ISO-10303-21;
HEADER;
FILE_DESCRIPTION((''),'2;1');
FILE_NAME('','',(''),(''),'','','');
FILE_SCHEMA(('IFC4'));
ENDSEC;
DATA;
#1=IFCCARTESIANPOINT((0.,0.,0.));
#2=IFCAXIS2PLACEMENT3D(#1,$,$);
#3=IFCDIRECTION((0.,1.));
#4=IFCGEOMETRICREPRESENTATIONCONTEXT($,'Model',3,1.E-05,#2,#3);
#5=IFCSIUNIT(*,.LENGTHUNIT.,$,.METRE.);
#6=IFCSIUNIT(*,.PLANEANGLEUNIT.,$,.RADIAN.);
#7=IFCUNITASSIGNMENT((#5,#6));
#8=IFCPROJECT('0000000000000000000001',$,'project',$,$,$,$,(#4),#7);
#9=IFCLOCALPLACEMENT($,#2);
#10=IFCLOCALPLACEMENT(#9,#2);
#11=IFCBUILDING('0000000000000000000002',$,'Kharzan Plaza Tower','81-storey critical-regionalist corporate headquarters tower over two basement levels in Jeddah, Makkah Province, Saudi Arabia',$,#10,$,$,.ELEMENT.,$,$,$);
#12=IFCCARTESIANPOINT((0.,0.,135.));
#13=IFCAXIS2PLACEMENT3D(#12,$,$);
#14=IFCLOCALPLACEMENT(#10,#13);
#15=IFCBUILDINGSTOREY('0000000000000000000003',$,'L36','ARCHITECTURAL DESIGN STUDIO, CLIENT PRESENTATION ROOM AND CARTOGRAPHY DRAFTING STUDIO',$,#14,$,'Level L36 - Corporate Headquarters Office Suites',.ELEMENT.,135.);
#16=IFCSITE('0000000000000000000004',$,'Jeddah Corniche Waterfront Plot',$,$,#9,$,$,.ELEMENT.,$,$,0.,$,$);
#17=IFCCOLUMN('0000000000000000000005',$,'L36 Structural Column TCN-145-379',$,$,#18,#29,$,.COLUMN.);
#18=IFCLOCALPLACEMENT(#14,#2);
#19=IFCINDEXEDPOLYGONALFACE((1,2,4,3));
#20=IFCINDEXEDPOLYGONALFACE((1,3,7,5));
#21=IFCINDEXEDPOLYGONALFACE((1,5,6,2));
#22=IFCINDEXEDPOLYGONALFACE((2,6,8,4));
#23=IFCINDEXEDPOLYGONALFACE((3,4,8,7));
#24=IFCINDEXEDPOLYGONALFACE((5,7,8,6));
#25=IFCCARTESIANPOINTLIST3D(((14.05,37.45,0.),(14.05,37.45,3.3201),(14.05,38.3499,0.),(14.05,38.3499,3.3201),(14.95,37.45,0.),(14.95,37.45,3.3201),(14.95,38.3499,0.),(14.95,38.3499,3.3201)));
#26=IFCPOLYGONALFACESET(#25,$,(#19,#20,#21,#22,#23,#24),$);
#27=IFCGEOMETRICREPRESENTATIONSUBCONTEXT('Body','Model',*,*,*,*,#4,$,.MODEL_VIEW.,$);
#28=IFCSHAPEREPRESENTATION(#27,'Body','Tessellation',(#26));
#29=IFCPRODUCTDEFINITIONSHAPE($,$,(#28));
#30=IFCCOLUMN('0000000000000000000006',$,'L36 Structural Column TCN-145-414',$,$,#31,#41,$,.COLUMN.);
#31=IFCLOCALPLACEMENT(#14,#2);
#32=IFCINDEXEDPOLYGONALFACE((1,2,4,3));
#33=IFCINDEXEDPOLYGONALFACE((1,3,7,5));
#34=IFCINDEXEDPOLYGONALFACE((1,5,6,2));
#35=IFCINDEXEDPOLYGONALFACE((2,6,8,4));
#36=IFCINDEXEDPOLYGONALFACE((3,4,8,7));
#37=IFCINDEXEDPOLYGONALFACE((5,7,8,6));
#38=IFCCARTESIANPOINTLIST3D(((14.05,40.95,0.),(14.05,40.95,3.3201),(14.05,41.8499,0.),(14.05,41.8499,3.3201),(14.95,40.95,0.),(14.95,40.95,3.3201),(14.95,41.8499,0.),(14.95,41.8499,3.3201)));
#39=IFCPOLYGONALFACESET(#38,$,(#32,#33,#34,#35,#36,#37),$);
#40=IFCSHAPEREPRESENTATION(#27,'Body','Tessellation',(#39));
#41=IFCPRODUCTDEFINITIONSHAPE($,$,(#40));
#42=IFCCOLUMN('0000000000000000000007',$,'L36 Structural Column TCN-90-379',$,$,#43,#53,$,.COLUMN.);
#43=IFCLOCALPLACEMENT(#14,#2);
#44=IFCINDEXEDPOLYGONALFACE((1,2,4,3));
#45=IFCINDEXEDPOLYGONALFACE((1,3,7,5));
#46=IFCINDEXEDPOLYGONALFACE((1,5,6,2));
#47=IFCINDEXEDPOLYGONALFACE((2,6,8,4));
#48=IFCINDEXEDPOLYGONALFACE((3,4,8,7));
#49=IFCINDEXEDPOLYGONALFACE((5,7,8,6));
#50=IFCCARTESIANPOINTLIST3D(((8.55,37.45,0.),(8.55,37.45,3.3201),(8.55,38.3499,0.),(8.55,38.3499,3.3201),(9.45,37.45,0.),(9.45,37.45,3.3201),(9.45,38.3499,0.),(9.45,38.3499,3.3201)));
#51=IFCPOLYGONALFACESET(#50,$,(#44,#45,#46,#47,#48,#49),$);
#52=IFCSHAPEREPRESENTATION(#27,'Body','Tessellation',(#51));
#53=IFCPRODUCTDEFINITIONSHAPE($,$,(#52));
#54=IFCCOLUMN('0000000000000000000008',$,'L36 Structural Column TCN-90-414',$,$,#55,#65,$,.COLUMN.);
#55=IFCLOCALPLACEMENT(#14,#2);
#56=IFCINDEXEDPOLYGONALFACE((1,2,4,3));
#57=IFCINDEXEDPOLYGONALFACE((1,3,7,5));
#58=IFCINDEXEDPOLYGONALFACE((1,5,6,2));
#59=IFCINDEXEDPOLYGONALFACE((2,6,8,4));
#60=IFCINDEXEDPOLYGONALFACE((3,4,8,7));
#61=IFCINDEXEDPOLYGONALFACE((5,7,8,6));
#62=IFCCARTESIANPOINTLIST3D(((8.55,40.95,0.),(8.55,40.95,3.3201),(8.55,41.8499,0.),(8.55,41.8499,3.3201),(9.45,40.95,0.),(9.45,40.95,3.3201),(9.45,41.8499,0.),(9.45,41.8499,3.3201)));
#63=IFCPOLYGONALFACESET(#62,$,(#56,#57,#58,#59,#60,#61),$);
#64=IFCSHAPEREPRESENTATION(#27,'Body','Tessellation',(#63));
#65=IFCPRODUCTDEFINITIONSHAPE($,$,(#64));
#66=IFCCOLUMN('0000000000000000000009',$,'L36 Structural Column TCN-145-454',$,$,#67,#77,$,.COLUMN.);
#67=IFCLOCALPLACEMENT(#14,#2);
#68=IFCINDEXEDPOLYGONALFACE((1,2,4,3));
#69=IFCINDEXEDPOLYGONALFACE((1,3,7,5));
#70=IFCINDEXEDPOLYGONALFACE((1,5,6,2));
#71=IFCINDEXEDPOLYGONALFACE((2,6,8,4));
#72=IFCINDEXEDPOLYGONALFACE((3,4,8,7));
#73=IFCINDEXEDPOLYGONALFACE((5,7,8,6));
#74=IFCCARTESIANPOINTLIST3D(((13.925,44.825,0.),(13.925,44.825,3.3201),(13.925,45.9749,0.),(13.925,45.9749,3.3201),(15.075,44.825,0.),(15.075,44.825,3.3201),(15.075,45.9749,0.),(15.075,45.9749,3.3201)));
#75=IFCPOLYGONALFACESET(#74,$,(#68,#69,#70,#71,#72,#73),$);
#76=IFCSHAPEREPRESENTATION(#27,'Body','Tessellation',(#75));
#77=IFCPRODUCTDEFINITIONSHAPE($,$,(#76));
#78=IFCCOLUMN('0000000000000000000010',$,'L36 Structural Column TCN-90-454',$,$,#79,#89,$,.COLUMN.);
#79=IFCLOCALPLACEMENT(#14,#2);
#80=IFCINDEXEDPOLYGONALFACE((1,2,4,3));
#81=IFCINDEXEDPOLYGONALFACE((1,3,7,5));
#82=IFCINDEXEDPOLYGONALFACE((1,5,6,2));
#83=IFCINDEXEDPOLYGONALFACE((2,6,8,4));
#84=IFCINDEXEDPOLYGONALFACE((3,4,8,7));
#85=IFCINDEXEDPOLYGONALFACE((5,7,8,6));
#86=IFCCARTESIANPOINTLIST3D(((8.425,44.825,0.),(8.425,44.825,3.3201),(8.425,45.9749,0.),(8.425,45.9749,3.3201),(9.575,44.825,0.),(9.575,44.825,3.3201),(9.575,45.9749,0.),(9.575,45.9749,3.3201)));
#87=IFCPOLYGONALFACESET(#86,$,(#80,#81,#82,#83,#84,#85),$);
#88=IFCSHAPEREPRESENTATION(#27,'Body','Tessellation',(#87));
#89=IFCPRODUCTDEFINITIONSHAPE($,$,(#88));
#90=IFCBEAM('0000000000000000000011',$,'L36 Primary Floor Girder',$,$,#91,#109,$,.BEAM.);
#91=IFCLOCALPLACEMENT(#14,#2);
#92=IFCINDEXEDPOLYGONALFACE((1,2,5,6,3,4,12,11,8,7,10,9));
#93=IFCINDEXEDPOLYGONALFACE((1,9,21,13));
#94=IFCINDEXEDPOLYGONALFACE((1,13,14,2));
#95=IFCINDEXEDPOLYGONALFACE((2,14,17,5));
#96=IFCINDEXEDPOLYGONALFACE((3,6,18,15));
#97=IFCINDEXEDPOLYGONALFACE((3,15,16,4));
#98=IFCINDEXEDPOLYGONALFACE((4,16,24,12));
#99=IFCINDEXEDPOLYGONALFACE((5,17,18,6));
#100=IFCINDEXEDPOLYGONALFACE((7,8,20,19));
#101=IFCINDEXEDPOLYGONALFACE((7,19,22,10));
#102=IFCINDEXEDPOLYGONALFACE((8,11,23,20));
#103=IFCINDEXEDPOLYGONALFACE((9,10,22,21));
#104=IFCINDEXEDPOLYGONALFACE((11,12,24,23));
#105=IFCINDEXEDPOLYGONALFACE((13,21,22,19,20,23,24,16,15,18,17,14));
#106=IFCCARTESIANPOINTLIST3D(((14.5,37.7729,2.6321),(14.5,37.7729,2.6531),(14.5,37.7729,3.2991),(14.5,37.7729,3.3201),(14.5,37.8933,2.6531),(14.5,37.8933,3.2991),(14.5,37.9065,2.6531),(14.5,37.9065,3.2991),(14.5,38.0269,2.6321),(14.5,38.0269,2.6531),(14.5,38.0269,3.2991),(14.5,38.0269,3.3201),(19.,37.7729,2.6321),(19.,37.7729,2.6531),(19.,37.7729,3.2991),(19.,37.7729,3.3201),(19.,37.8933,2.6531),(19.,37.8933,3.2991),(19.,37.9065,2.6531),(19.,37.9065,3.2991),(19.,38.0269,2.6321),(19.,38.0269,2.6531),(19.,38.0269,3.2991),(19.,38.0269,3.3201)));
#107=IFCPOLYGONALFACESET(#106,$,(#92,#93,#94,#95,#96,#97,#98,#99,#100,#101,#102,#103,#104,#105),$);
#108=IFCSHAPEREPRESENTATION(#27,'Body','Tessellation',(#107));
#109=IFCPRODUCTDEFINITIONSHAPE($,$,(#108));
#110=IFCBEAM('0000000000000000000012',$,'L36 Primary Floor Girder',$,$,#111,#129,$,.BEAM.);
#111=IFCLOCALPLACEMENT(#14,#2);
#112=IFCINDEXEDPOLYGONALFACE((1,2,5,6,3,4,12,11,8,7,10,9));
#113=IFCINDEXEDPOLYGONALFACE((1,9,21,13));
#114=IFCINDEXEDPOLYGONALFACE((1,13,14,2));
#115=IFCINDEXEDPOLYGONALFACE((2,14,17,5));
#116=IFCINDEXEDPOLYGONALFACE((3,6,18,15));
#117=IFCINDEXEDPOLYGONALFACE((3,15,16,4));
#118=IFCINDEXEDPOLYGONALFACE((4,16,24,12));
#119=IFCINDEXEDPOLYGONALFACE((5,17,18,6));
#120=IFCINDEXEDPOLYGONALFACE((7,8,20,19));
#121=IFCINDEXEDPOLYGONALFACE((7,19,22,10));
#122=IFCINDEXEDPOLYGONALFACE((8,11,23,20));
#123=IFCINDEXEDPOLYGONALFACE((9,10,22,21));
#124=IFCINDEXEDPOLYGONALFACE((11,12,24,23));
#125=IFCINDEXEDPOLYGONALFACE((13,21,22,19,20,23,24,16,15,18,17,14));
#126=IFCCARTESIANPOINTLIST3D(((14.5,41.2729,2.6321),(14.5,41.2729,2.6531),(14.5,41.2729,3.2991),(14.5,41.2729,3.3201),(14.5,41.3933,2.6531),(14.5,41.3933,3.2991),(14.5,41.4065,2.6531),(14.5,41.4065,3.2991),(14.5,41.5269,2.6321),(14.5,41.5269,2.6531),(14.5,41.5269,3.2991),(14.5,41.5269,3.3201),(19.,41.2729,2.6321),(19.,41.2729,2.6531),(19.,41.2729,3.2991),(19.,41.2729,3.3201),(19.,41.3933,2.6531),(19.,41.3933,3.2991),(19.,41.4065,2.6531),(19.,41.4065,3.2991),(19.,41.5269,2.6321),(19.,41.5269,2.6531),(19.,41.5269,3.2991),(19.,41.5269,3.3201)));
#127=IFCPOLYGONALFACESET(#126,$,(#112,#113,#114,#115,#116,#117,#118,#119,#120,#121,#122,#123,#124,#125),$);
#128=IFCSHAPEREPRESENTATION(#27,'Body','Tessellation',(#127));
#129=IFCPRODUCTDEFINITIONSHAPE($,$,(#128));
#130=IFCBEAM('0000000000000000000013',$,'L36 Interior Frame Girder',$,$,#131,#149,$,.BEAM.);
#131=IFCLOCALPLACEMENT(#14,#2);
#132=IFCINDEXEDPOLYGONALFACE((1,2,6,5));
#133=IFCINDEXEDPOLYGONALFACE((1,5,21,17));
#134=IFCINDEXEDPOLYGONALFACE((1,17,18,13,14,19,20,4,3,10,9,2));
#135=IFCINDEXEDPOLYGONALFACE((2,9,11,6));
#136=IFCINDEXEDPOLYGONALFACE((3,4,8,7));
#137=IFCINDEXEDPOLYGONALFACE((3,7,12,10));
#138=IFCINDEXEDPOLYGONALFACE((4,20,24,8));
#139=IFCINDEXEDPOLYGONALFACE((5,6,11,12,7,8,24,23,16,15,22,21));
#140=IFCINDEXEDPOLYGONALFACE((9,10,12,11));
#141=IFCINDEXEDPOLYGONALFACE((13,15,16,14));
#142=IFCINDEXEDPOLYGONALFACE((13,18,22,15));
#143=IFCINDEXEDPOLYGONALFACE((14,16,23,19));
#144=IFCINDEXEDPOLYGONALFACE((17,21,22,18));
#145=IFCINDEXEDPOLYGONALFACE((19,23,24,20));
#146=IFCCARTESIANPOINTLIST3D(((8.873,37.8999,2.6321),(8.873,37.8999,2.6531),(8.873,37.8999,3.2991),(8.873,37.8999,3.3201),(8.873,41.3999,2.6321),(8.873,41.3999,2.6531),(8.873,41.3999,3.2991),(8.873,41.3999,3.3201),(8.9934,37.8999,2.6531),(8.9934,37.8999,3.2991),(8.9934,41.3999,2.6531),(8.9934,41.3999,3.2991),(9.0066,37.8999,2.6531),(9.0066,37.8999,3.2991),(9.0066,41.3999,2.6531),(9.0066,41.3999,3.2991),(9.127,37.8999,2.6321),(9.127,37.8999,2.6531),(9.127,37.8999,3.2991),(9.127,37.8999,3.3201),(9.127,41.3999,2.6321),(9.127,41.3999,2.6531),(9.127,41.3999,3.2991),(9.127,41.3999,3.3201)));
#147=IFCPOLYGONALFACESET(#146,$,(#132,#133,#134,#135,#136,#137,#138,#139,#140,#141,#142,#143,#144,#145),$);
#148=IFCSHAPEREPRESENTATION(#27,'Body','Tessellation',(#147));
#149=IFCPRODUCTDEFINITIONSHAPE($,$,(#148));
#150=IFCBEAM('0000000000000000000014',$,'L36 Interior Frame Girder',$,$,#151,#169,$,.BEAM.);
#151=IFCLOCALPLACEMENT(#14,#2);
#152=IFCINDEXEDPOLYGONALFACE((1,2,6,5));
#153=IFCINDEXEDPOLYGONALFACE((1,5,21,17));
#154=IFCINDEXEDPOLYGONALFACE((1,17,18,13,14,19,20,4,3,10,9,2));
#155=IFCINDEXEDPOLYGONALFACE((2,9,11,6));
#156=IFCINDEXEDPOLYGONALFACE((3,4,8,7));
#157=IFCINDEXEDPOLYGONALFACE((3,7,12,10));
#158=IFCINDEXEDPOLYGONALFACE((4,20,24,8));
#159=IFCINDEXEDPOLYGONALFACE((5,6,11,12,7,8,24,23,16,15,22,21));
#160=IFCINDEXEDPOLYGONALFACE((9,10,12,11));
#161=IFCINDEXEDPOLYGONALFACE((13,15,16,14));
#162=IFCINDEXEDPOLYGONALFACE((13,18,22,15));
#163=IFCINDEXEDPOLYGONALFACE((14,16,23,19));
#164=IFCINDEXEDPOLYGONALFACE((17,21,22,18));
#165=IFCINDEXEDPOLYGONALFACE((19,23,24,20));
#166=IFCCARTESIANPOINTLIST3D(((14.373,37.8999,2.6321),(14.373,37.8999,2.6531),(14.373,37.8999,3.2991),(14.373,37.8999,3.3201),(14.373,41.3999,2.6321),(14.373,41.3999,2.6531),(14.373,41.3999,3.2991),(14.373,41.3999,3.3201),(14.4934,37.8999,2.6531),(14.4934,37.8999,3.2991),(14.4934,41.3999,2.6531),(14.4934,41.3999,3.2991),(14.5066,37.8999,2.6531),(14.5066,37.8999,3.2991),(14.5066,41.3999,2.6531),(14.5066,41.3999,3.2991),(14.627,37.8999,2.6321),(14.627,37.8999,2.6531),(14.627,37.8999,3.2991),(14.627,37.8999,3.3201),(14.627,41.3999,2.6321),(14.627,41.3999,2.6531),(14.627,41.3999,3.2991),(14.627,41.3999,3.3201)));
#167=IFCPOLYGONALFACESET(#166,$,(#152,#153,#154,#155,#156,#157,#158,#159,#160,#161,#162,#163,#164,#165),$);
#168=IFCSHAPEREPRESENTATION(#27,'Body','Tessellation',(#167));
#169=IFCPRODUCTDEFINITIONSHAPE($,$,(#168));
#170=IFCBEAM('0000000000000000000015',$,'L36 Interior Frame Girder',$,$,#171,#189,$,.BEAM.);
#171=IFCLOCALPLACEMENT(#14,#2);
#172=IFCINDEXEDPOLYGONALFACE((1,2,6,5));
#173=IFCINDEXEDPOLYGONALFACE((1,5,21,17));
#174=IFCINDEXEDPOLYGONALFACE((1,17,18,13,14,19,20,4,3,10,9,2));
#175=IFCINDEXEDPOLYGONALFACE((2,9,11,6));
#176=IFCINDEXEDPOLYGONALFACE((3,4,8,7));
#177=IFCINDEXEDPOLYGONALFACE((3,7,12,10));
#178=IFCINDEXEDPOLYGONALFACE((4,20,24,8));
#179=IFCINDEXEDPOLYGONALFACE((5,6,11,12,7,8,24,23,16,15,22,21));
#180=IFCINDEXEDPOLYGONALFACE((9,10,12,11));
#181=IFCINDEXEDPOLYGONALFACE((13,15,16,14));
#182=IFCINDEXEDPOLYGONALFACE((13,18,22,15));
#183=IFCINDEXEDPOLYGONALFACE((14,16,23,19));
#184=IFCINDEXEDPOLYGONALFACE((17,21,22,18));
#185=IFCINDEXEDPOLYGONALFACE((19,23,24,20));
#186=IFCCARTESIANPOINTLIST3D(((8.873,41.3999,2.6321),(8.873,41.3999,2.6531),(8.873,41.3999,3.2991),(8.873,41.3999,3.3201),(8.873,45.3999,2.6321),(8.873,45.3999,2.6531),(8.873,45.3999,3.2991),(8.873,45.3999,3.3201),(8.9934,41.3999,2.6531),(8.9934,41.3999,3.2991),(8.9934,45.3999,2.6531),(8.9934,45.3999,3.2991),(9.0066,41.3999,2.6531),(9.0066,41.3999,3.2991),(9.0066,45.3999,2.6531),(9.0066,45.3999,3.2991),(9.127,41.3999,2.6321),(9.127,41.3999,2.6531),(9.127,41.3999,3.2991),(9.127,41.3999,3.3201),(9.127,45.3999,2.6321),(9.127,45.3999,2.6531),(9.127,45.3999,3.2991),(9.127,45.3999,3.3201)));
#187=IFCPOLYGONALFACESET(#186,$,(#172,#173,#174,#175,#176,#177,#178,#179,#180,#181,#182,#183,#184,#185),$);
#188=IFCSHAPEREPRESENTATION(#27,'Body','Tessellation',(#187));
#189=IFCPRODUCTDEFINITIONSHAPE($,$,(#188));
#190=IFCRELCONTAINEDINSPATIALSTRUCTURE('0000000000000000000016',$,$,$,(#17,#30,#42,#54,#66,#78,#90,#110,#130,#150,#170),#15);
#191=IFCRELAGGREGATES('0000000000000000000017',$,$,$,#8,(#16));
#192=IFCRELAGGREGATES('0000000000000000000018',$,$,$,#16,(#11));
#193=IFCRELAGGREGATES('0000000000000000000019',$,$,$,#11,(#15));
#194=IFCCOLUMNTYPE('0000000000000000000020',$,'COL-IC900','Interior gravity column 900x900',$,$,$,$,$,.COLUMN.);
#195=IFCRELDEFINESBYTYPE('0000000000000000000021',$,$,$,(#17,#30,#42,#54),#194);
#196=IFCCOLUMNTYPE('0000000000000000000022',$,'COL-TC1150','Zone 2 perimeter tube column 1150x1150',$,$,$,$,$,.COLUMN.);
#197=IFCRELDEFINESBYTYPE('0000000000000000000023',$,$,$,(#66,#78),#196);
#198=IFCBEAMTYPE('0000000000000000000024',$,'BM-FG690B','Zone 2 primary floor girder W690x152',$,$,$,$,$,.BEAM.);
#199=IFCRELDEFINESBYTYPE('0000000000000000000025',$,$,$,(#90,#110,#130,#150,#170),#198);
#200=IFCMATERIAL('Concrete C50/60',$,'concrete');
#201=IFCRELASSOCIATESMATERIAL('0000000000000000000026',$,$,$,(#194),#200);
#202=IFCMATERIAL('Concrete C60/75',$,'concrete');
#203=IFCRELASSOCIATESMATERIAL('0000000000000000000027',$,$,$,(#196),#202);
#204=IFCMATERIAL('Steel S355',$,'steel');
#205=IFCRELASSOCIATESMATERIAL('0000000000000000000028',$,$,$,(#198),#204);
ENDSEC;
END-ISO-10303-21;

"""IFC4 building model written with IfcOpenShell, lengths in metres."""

from ifc_helpers import new_model, si_unit, direction, frame, origin, origin_2d, place, context, subcontext, project, spatial, rectangle, i_section, extrude, source, transform, mapped, material, material_profile, profile_set, type_object, element, save


model = new_model("IFC4")

# Units and contexts
model_context = context("Model", 3, precision=1e-05, world=origin(), true_north=direction((0.0, 1.0)))
body_context = subcontext(model_context, "Body", "Model", "MODEL_VIEW")
ifc_project = project(units=[si_unit("LENGTHUNIT", "METRE"), si_unit("PLANEANGLEUNIT", "RADIAN")], contexts=[model_context])

# Site, building, storey
site_placement = place(None, origin())
site = spatial("IfcSite", under=ifc_project, at=site_placement, Name="Jeddah Corniche Waterfront Plot", CompositionType="ELEMENT", RefElevation=0.0)
building_placement = place(site_placement, origin())
building = spatial("IfcBuilding", under=site, at=building_placement, Name="Kharzan Plaza Tower", Description="81-storey critical-regionalist corporate headquarters tower over two basement levels in Jeddah, Makkah Province, Saudi Arabia", CompositionType="ELEMENT")
storey_placement = place(building_placement, frame((0.0, 0.0, 135.0)))
storey = spatial("IfcBuildingStorey", under=building, at=storey_placement, Name="L36", Description="ARCHITECTURAL DESIGN STUDIO, CLIENT PRESENTATION ROOM AND CARTOGRAPHY DRAFTING STUDIO", LongName="Level L36 - Corporate Headquarters Office Suites", CompositionType="ELEMENT", Elevation=135.0)

# Columns
ifc_material_1 = material(Name="Concrete C50/60", Category="concrete")
ifc_material_profile_1 = material_profile(ifc_material_1, rectangle(XDim=0.8999, YDim=0.8999, at=origin_2d()), Name="RC-IC900x900")
ifc_profile_set_1 = profile_set([ifc_material_profile_1], Name="Concrete C50/60")
column_type_1 = type_object("IfcColumnType", Name="COL-IC900", Description="Interior gravity column 900x900", PredefinedType="COLUMN", material=ifc_profile_set_1)
shared_shape_1 = source(origin(), body_context, "Body", "SweptSolid", [
    extrude(rectangle(XDim=0.8999, YDim=0.8999, at=origin_2d()), origin(), (0.0, 0.0, 1.0), 3.3201),
])
for number, where, z_axis, x_axis, name in (
    (1, (14.5, 37.8999, 0.0), (0.0, 0.0, 1.0), (1.0, 0.0, 0.0), "L36 Structural Column TCN-145-379"),
    (2, (14.5, 41.3999, 0.0), (0.0, 0.0, 1.0), (1.0, 0.0, 0.0), "L36 Structural Column TCN-145-414"),
    (3, (9.0, 37.8999, 0.0), (0.0, 0.0, 1.0), (1.0, 0.0, 0.0), "L36 Structural Column TCN-90-379"),
    (4, (9.0, 41.3999, 0.0), (0.0, 0.0, 1.0), (1.0, 0.0, 0.0), "L36 Structural Column TCN-90-414"),
):
    element("IfcColumn", number, at=place(storey_placement, frame(where, z_axis=z_axis, x_axis=x_axis)), inside=storey, type_object=column_type_1, Name=name, PredefinedType="COLUMN", context=body_context, shape_type="MappedRepresentation", body=[
        mapped(shared_shape_1, transform((0.0, 0.0, 0.0), x_axis=(1.0, 0.0, 0.0), y_axis=(0.0, 1.0, 0.0), z_axis=(0.0, 0.0, 1.0))),
    ])
ifc_material_2 = material(Name="Concrete C60/75", Category="concrete")
ifc_material_profile_2 = material_profile(ifc_material_2, rectangle(XDim=1.1499, YDim=1.1499, at=origin_2d()), Name="RC-TC1150x1150")
ifc_profile_set_2 = profile_set([ifc_material_profile_2], Name="Concrete C60/75")
column_type_2 = type_object("IfcColumnType", Name="COL-TC1150", Description="Zone 2 perimeter tube column 1150x1150", PredefinedType="COLUMN", material=ifc_profile_set_2)
shared_shape_2 = source(origin(), body_context, "Body", "SweptSolid", [
    extrude(rectangle(XDim=1.1499, YDim=1.1499, at=origin_2d()), origin(), (0.0, 0.0, 1.0), 3.3201),
])
for number, where, z_axis, x_axis, name in (
    (5, (14.5, 45.3999, 0.0), (0.0, 0.0, 1.0), (1.0, 0.0, 0.0), "L36 Structural Column TCN-145-454"),
    (6, (9.0, 45.3999, 0.0), (0.0, 0.0, 1.0), (1.0, 0.0, 0.0), "L36 Structural Column TCN-90-454"),
):
    element("IfcColumn", number, at=place(storey_placement, frame(where, z_axis=z_axis, x_axis=x_axis)), inside=storey, type_object=column_type_2, Name=name, PredefinedType="COLUMN", context=body_context, shape_type="MappedRepresentation", body=[
        mapped(shared_shape_2, transform((0.0, 0.0, 0.0), x_axis=(1.0, 0.0, 0.0), y_axis=(0.0, 1.0, 0.0), z_axis=(0.0, 0.0, 1.0))),
    ])

# Beams
ifc_material_3 = material(Name="Steel S355", Category="steel")
ifc_material_profile_3 = material_profile(ifc_material_3, i_section(OverallWidth=0.2539, OverallDepth=0.688, WebThickness=0.0132, FlangeThickness=0.021, at=origin_2d()), Name="W690x152")
ifc_profile_set_3 = profile_set([ifc_material_profile_3], Name="Steel S355")
beam_type_1 = type_object("IfcBeamType", Name="BM-FG690B", Description="Zone 2 primary floor girder W690x152", PredefinedType="BEAM", material=ifc_profile_set_3)
shared_shape_3 = source(origin(), body_context, "Body", "SweptSolid", [
    extrude(i_section(OverallWidth=0.2539, OverallDepth=0.688, WebThickness=0.0132, FlangeThickness=0.021, at=origin_2d()), origin(), (0.0, 0.0, 1.0), 4.5),
])
for number, where, z_axis, x_axis, name in (
    (7, (14.5, 37.8999, 2.9761), (1.0, 0.0, 0.0), (0.0, 1.0, 0.0), "L36 Primary Floor Girder"),
    (8, (14.5, 41.3999, 2.9761), (1.0, 0.0, 0.0), (0.0, 1.0, 0.0), "L36 Primary Floor Girder"),
):
    element("IfcBeam", number, at=place(storey_placement, frame(where, z_axis=z_axis, x_axis=x_axis)), inside=storey, type_object=beam_type_1, Name=name, PredefinedType="BEAM", context=body_context, shape_type="MappedRepresentation", body=[
        mapped(shared_shape_3, transform((0.0, 0.0, 0.0), x_axis=(1.0, 0.0, 0.0), y_axis=(0.0, 1.0, 0.0), z_axis=(0.0, 0.0, 1.0))),
    ])
shared_shape_4 = source(origin(), body_context, "Body", "SweptSolid", [
    extrude(i_section(OverallWidth=0.2539, OverallDepth=0.688, WebThickness=0.0132, FlangeThickness=0.021, at=origin_2d()), origin(), (0.0, 0.0, 1.0), 3.5),
])
for number, where, z_axis, x_axis, name in (
    (9, (9.0, 37.8999, 2.9761), (0.0, 1.0, 0.0), (-1.0, 0.0, 0.0), "L36 Interior Frame Girder"),
    (10, (14.5, 37.8999, 2.9761), (0.0, 1.0, 0.0), (-1.0, 0.0, 0.0), "L36 Interior Frame Girder"),
):
    element("IfcBeam", number, at=place(storey_placement, frame(where, z_axis=z_axis, x_axis=x_axis)), inside=storey, type_object=beam_type_1, Name=name, PredefinedType="BEAM", context=body_context, shape_type="MappedRepresentation", body=[
        mapped(shared_shape_4, transform((0.0, 0.0, 0.0), x_axis=(1.0, 0.0, 0.0), y_axis=(0.0, 1.0, 0.0), z_axis=(0.0, 0.0, 1.0))),
    ])
shared_shape_5 = source(origin(), body_context, "Body", "SweptSolid", [
    extrude(i_section(OverallWidth=0.2539, OverallDepth=0.688, WebThickness=0.0132, FlangeThickness=0.021, at=origin_2d()), origin(), (0.0, 0.0, 1.0), 4.0),
])
for number, where, z_axis, x_axis, name in (
    (11, (9.0, 41.3999, 2.9761), (0.0, 1.0, 0.0), (-1.0, 0.0, 0.0), "L36 Interior Frame Girder"),
):
    element("IfcBeam", number, at=place(storey_placement, frame(where, z_axis=z_axis, x_axis=x_axis)), inside=storey, type_object=beam_type_1, Name=name, PredefinedType="BEAM", context=body_context, shape_type="MappedRepresentation", body=[
        mapped(shared_shape_5, transform((0.0, 0.0, 0.0), x_axis=(1.0, 0.0, 0.0), y_axis=(0.0, 1.0, 0.0), z_axis=(0.0, 0.0, 1.0))),
    ])

save(model, "model.ifc")
